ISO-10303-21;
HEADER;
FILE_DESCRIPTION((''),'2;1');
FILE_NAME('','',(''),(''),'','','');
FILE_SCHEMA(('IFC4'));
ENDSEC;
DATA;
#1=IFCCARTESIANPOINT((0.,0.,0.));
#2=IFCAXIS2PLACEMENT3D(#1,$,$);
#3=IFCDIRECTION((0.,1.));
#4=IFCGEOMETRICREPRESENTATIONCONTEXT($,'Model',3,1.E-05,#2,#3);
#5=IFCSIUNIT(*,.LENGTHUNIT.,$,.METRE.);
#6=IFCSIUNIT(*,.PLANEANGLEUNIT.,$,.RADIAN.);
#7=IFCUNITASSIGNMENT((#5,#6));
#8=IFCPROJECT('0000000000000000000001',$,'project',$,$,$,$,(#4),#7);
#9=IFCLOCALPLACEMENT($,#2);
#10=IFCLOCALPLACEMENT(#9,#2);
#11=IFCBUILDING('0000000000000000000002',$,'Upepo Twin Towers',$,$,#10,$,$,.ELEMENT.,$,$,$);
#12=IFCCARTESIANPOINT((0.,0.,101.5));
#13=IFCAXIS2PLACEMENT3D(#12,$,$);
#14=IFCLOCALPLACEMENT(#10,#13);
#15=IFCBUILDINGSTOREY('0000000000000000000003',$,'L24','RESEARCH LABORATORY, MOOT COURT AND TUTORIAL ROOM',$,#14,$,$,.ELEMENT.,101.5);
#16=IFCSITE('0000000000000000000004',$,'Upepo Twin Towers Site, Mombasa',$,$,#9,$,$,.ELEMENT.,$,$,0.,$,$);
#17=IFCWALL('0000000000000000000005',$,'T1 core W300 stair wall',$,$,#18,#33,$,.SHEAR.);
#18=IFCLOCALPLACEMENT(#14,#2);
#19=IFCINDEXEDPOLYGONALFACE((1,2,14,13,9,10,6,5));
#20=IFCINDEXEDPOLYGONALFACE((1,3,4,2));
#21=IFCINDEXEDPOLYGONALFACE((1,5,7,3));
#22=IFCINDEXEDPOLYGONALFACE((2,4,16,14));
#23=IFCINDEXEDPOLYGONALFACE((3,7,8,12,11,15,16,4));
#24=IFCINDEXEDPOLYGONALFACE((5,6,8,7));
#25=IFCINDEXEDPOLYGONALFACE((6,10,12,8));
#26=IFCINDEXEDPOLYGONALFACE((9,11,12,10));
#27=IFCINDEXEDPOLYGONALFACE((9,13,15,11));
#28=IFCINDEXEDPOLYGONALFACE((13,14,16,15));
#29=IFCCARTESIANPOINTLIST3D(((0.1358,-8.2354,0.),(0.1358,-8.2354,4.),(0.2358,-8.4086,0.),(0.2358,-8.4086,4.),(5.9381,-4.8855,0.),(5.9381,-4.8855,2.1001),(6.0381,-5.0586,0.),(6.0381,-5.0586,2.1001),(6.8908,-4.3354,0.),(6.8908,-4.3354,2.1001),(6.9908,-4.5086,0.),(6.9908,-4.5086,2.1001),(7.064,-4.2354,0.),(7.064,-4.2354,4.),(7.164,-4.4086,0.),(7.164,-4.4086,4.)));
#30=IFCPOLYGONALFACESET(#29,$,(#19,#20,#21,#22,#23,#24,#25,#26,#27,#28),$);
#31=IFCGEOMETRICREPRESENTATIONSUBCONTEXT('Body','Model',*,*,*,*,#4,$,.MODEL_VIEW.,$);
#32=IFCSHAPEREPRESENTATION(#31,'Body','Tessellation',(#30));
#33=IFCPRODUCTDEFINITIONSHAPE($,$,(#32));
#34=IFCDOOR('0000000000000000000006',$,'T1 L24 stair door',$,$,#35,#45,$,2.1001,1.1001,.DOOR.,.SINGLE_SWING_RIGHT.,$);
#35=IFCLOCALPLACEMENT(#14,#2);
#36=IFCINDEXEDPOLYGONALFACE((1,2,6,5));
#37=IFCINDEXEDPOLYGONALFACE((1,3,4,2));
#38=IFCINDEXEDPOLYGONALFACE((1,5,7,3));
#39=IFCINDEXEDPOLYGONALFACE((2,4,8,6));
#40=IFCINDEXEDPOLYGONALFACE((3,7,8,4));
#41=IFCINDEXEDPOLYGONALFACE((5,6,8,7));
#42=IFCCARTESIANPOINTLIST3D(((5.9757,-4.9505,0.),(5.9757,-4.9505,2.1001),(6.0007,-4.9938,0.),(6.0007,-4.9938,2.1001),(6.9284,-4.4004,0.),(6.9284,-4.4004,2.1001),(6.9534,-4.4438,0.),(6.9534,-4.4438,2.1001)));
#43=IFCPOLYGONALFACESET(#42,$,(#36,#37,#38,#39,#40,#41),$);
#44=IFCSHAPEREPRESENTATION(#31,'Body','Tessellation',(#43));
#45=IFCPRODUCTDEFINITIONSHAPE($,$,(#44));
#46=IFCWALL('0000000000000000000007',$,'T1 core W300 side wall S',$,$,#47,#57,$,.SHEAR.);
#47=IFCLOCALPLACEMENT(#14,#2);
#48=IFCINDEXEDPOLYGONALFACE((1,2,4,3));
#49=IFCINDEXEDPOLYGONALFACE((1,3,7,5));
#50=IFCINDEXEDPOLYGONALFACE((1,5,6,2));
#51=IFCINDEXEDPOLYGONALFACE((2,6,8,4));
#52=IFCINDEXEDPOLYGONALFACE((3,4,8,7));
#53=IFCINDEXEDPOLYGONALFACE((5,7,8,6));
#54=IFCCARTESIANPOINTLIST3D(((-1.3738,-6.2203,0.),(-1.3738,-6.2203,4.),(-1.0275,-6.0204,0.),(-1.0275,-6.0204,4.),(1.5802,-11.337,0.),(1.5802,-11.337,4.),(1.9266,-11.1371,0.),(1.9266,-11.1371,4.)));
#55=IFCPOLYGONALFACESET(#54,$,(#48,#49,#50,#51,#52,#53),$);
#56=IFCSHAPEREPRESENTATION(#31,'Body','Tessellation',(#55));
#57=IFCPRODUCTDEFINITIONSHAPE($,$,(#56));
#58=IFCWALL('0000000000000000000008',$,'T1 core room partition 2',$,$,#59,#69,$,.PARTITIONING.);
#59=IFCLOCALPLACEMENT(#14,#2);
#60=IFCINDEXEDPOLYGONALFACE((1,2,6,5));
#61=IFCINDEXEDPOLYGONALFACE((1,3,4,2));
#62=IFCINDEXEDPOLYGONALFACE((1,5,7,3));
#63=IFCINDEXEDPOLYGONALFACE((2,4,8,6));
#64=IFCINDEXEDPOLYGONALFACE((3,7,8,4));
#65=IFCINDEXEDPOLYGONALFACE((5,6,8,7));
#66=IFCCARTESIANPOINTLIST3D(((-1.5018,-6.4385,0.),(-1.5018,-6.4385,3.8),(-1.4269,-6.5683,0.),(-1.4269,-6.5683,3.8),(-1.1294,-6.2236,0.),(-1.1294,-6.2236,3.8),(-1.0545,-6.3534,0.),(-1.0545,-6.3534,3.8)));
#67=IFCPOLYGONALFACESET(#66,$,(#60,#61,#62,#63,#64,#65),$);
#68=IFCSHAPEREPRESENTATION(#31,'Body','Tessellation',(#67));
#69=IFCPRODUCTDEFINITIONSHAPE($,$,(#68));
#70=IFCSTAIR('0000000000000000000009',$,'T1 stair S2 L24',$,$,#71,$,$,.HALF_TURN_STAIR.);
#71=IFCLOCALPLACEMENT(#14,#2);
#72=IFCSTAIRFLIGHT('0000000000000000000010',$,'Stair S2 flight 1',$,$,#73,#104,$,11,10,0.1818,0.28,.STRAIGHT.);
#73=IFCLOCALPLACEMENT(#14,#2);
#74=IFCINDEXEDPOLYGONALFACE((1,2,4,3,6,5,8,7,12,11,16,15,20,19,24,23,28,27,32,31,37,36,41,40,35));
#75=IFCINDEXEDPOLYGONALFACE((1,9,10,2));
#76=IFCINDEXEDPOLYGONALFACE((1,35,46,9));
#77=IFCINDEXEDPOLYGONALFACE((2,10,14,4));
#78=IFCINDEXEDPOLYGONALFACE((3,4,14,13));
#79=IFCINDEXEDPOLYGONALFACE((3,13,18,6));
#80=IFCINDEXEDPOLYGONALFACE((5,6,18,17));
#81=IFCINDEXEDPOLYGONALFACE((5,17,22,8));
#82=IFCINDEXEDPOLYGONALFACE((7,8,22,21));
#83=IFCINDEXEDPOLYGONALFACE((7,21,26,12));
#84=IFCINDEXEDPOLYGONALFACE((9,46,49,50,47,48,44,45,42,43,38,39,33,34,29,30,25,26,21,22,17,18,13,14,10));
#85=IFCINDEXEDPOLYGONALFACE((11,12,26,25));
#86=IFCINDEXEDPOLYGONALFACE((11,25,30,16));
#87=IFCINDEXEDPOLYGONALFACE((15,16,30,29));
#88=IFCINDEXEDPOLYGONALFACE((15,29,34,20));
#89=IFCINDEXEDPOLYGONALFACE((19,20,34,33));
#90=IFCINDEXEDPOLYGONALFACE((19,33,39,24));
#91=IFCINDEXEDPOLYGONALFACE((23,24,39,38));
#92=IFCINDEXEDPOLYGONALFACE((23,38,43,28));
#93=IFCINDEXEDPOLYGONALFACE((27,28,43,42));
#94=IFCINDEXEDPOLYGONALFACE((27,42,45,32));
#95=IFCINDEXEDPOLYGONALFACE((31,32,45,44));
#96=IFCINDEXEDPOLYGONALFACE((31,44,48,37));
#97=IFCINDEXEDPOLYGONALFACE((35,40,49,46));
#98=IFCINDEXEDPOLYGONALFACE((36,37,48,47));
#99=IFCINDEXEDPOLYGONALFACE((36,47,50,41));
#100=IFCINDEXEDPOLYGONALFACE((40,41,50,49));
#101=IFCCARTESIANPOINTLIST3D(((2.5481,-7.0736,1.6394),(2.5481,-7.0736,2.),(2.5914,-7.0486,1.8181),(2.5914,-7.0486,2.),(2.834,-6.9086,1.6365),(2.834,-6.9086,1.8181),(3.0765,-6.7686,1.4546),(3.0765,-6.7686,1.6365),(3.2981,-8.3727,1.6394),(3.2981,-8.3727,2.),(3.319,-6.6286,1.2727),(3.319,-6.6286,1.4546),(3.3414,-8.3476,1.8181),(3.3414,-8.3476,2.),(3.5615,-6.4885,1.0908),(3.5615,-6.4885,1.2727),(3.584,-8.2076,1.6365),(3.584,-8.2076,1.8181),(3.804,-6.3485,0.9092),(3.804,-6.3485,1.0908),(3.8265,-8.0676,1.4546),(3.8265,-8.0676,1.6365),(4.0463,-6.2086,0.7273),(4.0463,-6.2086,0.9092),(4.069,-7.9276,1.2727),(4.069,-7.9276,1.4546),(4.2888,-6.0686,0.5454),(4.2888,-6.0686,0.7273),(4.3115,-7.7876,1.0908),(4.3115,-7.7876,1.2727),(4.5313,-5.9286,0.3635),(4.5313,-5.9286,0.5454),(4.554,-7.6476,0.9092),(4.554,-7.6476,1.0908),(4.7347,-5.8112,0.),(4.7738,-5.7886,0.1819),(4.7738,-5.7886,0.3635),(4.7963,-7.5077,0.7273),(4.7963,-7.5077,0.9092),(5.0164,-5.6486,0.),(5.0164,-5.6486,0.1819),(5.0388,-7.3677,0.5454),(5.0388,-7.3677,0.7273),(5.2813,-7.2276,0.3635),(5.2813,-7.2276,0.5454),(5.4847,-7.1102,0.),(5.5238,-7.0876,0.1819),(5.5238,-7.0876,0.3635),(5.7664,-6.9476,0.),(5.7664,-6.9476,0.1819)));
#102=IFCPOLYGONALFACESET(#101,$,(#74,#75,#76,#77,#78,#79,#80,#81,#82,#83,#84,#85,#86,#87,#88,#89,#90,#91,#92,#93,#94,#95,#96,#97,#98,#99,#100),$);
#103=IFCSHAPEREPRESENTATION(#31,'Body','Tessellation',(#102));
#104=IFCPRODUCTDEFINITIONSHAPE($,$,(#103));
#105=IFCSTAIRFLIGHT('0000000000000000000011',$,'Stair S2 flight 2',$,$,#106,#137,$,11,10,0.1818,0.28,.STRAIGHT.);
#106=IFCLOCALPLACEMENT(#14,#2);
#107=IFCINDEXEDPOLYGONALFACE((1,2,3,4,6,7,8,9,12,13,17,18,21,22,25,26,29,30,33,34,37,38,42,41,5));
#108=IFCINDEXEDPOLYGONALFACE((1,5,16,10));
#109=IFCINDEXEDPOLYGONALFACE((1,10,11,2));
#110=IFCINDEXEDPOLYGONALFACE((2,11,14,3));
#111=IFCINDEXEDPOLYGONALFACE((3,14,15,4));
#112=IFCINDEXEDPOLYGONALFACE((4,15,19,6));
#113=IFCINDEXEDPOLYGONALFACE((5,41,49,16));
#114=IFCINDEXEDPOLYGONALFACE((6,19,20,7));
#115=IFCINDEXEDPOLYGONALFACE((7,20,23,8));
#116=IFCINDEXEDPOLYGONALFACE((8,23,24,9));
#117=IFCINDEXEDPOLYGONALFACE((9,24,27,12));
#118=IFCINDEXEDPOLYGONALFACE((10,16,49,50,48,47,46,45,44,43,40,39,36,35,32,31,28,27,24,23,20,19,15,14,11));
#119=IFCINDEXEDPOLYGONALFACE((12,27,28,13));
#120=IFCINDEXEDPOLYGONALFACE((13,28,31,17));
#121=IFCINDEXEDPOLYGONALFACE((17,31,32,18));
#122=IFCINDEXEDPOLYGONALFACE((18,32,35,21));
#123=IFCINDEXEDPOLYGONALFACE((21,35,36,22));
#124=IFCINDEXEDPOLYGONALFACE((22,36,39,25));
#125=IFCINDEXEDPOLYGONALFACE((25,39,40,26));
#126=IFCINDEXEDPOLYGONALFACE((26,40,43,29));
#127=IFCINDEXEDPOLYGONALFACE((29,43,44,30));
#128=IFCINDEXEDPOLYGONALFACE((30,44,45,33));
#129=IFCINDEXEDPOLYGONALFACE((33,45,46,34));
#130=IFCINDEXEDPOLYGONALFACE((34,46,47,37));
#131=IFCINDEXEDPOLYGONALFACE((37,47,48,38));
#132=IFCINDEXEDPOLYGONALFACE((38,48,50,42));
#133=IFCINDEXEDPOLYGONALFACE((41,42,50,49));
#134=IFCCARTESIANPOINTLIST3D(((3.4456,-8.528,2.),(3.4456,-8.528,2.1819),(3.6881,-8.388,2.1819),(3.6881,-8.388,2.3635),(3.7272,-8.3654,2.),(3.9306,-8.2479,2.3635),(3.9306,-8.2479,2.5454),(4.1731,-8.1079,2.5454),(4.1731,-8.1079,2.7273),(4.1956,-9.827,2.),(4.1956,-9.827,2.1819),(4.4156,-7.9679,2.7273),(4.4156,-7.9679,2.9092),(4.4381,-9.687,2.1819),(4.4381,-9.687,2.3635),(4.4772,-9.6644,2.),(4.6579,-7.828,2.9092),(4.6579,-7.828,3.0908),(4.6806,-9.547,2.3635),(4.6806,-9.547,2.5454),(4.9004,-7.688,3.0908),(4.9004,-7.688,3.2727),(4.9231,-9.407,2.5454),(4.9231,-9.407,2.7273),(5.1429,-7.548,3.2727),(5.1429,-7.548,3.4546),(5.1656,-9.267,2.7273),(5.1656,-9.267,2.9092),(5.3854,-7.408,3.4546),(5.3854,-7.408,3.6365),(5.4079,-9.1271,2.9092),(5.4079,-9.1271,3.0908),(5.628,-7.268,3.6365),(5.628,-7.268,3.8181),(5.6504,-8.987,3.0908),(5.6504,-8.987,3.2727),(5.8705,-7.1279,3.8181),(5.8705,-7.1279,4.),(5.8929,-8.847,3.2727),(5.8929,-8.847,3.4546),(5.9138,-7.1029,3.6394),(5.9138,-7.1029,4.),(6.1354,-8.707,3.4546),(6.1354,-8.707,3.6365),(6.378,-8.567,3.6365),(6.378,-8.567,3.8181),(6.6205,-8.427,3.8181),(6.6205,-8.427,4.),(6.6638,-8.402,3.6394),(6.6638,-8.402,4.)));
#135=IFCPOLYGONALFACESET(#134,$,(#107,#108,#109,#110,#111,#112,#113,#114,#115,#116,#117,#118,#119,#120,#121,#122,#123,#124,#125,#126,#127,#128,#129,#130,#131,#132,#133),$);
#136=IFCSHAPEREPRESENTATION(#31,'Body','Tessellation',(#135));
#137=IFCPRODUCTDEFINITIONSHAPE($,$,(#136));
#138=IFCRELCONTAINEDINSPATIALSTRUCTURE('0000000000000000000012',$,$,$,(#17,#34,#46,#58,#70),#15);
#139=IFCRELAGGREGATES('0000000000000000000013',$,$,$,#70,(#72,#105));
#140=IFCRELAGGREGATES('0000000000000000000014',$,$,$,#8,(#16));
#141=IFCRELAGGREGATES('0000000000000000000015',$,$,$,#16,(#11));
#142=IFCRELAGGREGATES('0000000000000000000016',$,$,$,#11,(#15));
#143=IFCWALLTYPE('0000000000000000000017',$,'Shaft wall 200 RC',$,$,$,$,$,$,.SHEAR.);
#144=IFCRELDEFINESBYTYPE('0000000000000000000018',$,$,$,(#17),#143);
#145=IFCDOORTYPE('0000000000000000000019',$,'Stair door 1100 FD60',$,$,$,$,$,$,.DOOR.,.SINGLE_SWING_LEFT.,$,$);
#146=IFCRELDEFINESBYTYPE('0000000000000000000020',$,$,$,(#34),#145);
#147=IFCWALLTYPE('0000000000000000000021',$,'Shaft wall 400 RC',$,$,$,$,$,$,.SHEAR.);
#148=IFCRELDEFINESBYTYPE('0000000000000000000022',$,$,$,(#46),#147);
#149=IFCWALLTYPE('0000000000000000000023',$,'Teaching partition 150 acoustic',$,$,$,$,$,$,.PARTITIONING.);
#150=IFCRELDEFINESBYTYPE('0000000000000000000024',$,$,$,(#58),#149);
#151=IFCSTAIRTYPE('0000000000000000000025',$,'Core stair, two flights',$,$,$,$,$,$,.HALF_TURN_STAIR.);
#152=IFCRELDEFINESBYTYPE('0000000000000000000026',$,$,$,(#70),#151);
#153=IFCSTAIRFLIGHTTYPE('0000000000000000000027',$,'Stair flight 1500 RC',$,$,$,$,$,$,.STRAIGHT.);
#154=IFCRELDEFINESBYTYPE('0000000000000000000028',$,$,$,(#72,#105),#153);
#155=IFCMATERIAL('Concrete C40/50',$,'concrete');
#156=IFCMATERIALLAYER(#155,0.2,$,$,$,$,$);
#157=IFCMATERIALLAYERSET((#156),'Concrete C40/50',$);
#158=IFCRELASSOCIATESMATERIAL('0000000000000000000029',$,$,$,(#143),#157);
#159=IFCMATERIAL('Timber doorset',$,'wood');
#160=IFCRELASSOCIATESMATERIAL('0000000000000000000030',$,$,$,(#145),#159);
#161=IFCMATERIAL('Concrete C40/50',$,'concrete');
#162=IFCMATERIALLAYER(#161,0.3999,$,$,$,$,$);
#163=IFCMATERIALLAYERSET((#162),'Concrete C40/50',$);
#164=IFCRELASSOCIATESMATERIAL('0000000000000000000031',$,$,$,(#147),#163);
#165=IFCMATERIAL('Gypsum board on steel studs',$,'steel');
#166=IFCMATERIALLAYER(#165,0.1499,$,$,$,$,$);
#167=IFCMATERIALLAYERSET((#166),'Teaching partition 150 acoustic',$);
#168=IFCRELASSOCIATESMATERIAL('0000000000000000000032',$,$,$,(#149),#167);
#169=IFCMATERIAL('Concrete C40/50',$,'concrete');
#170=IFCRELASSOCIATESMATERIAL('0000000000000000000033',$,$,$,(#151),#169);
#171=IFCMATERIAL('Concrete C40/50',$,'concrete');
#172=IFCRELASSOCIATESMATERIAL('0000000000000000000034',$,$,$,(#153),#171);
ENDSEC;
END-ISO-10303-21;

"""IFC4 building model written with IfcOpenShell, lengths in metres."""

from ifc_helpers import new_model, si_unit, direction, frame, frame_2d, origin, place, context, subcontext, project, spatial, polyline, rectangle, outline, extrude, material, layer, layer_set, type_object, element, fill, aggregate, save


model = new_model("IFC4")

# Units and contexts
model_context = context("Model", 3, precision=1e-05, world=origin(), true_north=direction((0.0, 1.0)))
body_context = subcontext(model_context, "Body", "Model", "MODEL_VIEW")
ifc_project = project(units=[si_unit("LENGTHUNIT", "METRE"), si_unit("PLANEANGLEUNIT", "RADIAN")], contexts=[model_context])

# Site, building, storey
site_placement = place(None, origin())
site = spatial("IfcSite", under=ifc_project, at=site_placement, Name="Upepo Twin Towers Site, Mombasa", CompositionType="ELEMENT", RefElevation=0.0)
building_placement = place(site_placement, origin())
building = spatial("IfcBuilding", under=site, at=building_placement, Name="Upepo Twin Towers", CompositionType="ELEMENT")
storey_placement = place(building_placement, frame((0.0, 0.0, 101.5)))
storey = spatial("IfcBuildingStorey", under=building, at=storey_placement, Name="L24", Description="RESEARCH LABORATORY, MOOT COURT AND TUTORIAL ROOM", CompositionType="ELEMENT", Elevation=101.5)

# Shared definitions
ifc_material_1 = material(Name="Concrete C40/50", Category="concrete")
ifc_layer_1 = layer(ifc_material_1, 0.2)
ifc_layer_set_1 = layer_set([ifc_layer_1], Name="Concrete C40/50")
wall_type_1 = type_object("IfcWallType", Name="Shaft wall 200 RC", PredefinedType="SHEAR", material=ifc_layer_set_1)

# Wall, opening, door
wall_1_placement = place(storey_placement, frame((0.1858, -8.322, 0.0), z_axis=(0.0, 0.0, 1.0), x_axis=(0.866026, 0.499999, 0.0)))
wall_1 = element("IfcWall", 1, at=wall_1_placement, inside=storey, type_object=wall_type_1, Name="T1 core W300 stair wall", PredefinedType="SHEAR", context=body_context, shape_type="SweptSolid", body=[
    extrude(rectangle(XDim=8.0, YDim=0.2, at=frame_2d((4.0, 0.0))), origin(), (0.0, 0.0, 1.0), 4.0),
])
opening_1_placement = place(wall_1_placement, frame((6.7, 0.0, 0.0)))
opening_1 = element("IfcOpeningElement", 2, at=opening_1_placement, cuts=wall_1, PredefinedType="OPENING", context=body_context, shape_type="SweptSolid", body=[
    extrude(rectangle(XDim=1.1001, YDim=2.1001, at=frame_2d((0.55, 1.05))), frame((0.0, 0.1099, 0.0), z_axis=(0.0, -1.0, 0.0), x_axis=(1.0, 0.0, 0.0)), (0.0, 0.0, 1.0), 0.22),
])
ifc_material_2 = material(Name="Timber doorset", Category="wood")
door_type_1 = type_object("IfcDoorType", Name="Stair door 1100 FD60", OperationType="SINGLE_SWING_LEFT", PredefinedType="DOOR", material=ifc_material_2)
door_1_placement = place(opening_1_placement, origin())
door_1 = element("IfcDoor", 3, at=door_1_placement, inside=storey, type_object=door_type_1, Name="T1 L24 stair door", OperationType="SINGLE_SWING_RIGHT", OverallHeight=2.1001, OverallWidth=1.1001, PredefinedType="DOOR", context=body_context, shape_type="SweptSolid", body=[
    extrude(rectangle(XDim=1.1001, YDim=2.1001, at=frame_2d((0.55, 1.05))), frame((0.0, 0.0249, 0.0), z_axis=(0.0, -1.0, 0.0), x_axis=(1.0, 0.0, 0.0)), (0.0, 0.0, 1.0), 0.05),
])
fill(opening_1, door_1)

# Walls
ifc_material_3 = material(Name="Concrete C40/50", Category="concrete")
ifc_layer_2 = layer(ifc_material_3, 0.3999)
ifc_layer_set_2 = layer_set([ifc_layer_2], Name="Concrete C40/50")
wall_type_2 = type_object("IfcWallType", Name="Shaft wall 400 RC", PredefinedType="SHEAR", material=ifc_layer_set_2)
wall_2_placement = place(storey_placement, frame((-1.2007, -6.1204, 0.0), z_axis=(0.0, 0.0, 1.0), x_axis=(0.499997, -0.866027, 0.0)))
element("IfcWall", 4, at=wall_2_placement, inside=storey, type_object=wall_type_2, Name="T1 core W300 side wall S", PredefinedType="SHEAR", context=body_context, shape_type="SweptSolid", body=[
    extrude(rectangle(XDim=5.9082, YDim=0.3999, at=frame_2d((2.9541, 0.0))), origin(), (0.0, 0.0, 1.0), 4.0),
])
ifc_material_4 = material(Name="Gypsum board on steel studs", Category="steel")
ifc_layer_3 = layer(ifc_material_4, 0.1499)
ifc_layer_set_3 = layer_set([ifc_layer_3], Name="Teaching partition 150 acoustic")
wall_type_3 = type_object("IfcWallType", Name="Teaching partition 150 acoustic", PredefinedType="PARTITIONING", material=ifc_layer_set_3)
wall_3_placement = place(storey_placement, frame((-1.092, -6.2886, 0.0), z_axis=(0.0, 0.0, 1.0), x_axis=(-0.866138, -0.499804, 0.0)))
element("IfcWall", 5, at=wall_3_placement, inside=storey, type_object=wall_type_3, Name="T1 core room partition 2", PredefinedType="PARTITIONING", context=body_context, shape_type="SweptSolid", body=[
    extrude(rectangle(XDim=0.4299, YDim=0.1499, at=frame_2d((0.2148, 0.0))), origin(), (0.0, 0.0, 1.0), 3.8),
])

# Stair, stair flights
ifc_material_5 = material(Name="Concrete C40/50", Category="concrete")
stair_type = type_object("IfcStairType", Name="Core stair, two flights", PredefinedType="HALF_TURN_STAIR", material=ifc_material_5)
stair_placement = place(storey_placement, origin())
stair = element("IfcStair", 6, at=stair_placement, inside=storey, type_object=stair_type, Name="T1 stair S2 L24", PredefinedType="HALF_TURN_STAIR")
ifc_material_6 = material(Name="Concrete C40/50", Category="concrete")
stair_flight_type = type_object("IfcStairFlightType", Name="Stair flight 1500 RC", PredefinedType="STRAIGHT", material=ifc_material_6)
stair_flight_1_placement = place(storey_placement, frame((5.3914, -6.2981, 0.0), z_axis=(0.0, 0.0, 1.0), x_axis=(-0.866025, -0.5, 0.0)))
stair_flight_1 = element("IfcStairFlight", 7, at=stair_flight_1_placement, type_object=stair_flight_type, Name="Stair S2 flight 1", NumberOfRisers=11, NumberOfTreads=10, PredefinedType="STRAIGHT", RiserHeight=0.1818, TreadLength=0.28, context=body_context, shape_type="SweptSolid", body=[
    extrude(outline(polyline([(0.0, 0.0), (0.0, 0.1819), (0.28, 0.1819), (0.28, 0.3635), (0.5601, 0.3635), (0.5601, 0.5454), (0.8401, 0.5454), (0.8401, 0.7273), (1.1201, 0.7273), (1.1201, 0.9092), (1.3999, 0.9092), (1.3999, 1.0908), (1.6799, 1.0908), (1.6799, 1.2727), (1.96, 1.2727), (1.96, 1.4546), (2.24, 1.4546), (2.24, 1.6365), (2.52, 1.6365), (2.52, 1.8181), (2.8, 1.8181), (2.8, 2.0), (2.8501, 2.0), (2.8501, 1.6394), (0.3252, 0.0), (0.0, 0.0)])), frame((0.0, 0.75, 0.0), z_axis=(0.0, -1.0, 0.0), x_axis=(1.0, 0.0, 0.0)), (0.0, 0.0, 1.0), 1.5),
])
stair_flight_2_placement = place(storey_placement, frame((3.8206, -9.1775, 2.0), z_axis=(0.0, 0.0, 1.0), x_axis=(0.866025, 0.5, 0.0)))
stair_flight_2 = element("IfcStairFlight", 8, at=stair_flight_2_placement, type_object=stair_flight_type, Name="Stair S2 flight 2", NumberOfRisers=11, NumberOfTreads=10, PredefinedType="STRAIGHT", RiserHeight=0.1818, TreadLength=0.28, context=body_context, shape_type="SweptSolid", body=[
    extrude(outline(polyline([(0.0, 0.0), (0.0, 0.1819), (0.28, 0.1819), (0.28, 0.3635), (0.5601, 0.3635), (0.5601, 0.5454), (0.8401, 0.5454), (0.8401, 0.7273), (1.1201, 0.7273), (1.1201, 0.9092), (1.3999, 0.9092), (1.3999, 1.0908), (1.6799, 1.0908), (1.6799, 1.2727), (1.96, 1.2727), (1.96, 1.4546), (2.24, 1.4546), (2.24, 1.6365), (2.52, 1.6365), (2.52, 1.8181), (2.8, 1.8181), (2.8, 2.0), (2.8501, 2.0), (2.8501, 1.6394), (0.3252, 0.0), (0.0, 0.0)])), frame((0.0, 0.75, 0.0), z_axis=(0.0, -1.0, 0.0), x_axis=(1.0, 0.0, 0.0)), (0.0, 0.0, 1.0), 1.5),
])
aggregate(stair, [stair_flight_1, stair_flight_2])

save(model, "model.ifc")
